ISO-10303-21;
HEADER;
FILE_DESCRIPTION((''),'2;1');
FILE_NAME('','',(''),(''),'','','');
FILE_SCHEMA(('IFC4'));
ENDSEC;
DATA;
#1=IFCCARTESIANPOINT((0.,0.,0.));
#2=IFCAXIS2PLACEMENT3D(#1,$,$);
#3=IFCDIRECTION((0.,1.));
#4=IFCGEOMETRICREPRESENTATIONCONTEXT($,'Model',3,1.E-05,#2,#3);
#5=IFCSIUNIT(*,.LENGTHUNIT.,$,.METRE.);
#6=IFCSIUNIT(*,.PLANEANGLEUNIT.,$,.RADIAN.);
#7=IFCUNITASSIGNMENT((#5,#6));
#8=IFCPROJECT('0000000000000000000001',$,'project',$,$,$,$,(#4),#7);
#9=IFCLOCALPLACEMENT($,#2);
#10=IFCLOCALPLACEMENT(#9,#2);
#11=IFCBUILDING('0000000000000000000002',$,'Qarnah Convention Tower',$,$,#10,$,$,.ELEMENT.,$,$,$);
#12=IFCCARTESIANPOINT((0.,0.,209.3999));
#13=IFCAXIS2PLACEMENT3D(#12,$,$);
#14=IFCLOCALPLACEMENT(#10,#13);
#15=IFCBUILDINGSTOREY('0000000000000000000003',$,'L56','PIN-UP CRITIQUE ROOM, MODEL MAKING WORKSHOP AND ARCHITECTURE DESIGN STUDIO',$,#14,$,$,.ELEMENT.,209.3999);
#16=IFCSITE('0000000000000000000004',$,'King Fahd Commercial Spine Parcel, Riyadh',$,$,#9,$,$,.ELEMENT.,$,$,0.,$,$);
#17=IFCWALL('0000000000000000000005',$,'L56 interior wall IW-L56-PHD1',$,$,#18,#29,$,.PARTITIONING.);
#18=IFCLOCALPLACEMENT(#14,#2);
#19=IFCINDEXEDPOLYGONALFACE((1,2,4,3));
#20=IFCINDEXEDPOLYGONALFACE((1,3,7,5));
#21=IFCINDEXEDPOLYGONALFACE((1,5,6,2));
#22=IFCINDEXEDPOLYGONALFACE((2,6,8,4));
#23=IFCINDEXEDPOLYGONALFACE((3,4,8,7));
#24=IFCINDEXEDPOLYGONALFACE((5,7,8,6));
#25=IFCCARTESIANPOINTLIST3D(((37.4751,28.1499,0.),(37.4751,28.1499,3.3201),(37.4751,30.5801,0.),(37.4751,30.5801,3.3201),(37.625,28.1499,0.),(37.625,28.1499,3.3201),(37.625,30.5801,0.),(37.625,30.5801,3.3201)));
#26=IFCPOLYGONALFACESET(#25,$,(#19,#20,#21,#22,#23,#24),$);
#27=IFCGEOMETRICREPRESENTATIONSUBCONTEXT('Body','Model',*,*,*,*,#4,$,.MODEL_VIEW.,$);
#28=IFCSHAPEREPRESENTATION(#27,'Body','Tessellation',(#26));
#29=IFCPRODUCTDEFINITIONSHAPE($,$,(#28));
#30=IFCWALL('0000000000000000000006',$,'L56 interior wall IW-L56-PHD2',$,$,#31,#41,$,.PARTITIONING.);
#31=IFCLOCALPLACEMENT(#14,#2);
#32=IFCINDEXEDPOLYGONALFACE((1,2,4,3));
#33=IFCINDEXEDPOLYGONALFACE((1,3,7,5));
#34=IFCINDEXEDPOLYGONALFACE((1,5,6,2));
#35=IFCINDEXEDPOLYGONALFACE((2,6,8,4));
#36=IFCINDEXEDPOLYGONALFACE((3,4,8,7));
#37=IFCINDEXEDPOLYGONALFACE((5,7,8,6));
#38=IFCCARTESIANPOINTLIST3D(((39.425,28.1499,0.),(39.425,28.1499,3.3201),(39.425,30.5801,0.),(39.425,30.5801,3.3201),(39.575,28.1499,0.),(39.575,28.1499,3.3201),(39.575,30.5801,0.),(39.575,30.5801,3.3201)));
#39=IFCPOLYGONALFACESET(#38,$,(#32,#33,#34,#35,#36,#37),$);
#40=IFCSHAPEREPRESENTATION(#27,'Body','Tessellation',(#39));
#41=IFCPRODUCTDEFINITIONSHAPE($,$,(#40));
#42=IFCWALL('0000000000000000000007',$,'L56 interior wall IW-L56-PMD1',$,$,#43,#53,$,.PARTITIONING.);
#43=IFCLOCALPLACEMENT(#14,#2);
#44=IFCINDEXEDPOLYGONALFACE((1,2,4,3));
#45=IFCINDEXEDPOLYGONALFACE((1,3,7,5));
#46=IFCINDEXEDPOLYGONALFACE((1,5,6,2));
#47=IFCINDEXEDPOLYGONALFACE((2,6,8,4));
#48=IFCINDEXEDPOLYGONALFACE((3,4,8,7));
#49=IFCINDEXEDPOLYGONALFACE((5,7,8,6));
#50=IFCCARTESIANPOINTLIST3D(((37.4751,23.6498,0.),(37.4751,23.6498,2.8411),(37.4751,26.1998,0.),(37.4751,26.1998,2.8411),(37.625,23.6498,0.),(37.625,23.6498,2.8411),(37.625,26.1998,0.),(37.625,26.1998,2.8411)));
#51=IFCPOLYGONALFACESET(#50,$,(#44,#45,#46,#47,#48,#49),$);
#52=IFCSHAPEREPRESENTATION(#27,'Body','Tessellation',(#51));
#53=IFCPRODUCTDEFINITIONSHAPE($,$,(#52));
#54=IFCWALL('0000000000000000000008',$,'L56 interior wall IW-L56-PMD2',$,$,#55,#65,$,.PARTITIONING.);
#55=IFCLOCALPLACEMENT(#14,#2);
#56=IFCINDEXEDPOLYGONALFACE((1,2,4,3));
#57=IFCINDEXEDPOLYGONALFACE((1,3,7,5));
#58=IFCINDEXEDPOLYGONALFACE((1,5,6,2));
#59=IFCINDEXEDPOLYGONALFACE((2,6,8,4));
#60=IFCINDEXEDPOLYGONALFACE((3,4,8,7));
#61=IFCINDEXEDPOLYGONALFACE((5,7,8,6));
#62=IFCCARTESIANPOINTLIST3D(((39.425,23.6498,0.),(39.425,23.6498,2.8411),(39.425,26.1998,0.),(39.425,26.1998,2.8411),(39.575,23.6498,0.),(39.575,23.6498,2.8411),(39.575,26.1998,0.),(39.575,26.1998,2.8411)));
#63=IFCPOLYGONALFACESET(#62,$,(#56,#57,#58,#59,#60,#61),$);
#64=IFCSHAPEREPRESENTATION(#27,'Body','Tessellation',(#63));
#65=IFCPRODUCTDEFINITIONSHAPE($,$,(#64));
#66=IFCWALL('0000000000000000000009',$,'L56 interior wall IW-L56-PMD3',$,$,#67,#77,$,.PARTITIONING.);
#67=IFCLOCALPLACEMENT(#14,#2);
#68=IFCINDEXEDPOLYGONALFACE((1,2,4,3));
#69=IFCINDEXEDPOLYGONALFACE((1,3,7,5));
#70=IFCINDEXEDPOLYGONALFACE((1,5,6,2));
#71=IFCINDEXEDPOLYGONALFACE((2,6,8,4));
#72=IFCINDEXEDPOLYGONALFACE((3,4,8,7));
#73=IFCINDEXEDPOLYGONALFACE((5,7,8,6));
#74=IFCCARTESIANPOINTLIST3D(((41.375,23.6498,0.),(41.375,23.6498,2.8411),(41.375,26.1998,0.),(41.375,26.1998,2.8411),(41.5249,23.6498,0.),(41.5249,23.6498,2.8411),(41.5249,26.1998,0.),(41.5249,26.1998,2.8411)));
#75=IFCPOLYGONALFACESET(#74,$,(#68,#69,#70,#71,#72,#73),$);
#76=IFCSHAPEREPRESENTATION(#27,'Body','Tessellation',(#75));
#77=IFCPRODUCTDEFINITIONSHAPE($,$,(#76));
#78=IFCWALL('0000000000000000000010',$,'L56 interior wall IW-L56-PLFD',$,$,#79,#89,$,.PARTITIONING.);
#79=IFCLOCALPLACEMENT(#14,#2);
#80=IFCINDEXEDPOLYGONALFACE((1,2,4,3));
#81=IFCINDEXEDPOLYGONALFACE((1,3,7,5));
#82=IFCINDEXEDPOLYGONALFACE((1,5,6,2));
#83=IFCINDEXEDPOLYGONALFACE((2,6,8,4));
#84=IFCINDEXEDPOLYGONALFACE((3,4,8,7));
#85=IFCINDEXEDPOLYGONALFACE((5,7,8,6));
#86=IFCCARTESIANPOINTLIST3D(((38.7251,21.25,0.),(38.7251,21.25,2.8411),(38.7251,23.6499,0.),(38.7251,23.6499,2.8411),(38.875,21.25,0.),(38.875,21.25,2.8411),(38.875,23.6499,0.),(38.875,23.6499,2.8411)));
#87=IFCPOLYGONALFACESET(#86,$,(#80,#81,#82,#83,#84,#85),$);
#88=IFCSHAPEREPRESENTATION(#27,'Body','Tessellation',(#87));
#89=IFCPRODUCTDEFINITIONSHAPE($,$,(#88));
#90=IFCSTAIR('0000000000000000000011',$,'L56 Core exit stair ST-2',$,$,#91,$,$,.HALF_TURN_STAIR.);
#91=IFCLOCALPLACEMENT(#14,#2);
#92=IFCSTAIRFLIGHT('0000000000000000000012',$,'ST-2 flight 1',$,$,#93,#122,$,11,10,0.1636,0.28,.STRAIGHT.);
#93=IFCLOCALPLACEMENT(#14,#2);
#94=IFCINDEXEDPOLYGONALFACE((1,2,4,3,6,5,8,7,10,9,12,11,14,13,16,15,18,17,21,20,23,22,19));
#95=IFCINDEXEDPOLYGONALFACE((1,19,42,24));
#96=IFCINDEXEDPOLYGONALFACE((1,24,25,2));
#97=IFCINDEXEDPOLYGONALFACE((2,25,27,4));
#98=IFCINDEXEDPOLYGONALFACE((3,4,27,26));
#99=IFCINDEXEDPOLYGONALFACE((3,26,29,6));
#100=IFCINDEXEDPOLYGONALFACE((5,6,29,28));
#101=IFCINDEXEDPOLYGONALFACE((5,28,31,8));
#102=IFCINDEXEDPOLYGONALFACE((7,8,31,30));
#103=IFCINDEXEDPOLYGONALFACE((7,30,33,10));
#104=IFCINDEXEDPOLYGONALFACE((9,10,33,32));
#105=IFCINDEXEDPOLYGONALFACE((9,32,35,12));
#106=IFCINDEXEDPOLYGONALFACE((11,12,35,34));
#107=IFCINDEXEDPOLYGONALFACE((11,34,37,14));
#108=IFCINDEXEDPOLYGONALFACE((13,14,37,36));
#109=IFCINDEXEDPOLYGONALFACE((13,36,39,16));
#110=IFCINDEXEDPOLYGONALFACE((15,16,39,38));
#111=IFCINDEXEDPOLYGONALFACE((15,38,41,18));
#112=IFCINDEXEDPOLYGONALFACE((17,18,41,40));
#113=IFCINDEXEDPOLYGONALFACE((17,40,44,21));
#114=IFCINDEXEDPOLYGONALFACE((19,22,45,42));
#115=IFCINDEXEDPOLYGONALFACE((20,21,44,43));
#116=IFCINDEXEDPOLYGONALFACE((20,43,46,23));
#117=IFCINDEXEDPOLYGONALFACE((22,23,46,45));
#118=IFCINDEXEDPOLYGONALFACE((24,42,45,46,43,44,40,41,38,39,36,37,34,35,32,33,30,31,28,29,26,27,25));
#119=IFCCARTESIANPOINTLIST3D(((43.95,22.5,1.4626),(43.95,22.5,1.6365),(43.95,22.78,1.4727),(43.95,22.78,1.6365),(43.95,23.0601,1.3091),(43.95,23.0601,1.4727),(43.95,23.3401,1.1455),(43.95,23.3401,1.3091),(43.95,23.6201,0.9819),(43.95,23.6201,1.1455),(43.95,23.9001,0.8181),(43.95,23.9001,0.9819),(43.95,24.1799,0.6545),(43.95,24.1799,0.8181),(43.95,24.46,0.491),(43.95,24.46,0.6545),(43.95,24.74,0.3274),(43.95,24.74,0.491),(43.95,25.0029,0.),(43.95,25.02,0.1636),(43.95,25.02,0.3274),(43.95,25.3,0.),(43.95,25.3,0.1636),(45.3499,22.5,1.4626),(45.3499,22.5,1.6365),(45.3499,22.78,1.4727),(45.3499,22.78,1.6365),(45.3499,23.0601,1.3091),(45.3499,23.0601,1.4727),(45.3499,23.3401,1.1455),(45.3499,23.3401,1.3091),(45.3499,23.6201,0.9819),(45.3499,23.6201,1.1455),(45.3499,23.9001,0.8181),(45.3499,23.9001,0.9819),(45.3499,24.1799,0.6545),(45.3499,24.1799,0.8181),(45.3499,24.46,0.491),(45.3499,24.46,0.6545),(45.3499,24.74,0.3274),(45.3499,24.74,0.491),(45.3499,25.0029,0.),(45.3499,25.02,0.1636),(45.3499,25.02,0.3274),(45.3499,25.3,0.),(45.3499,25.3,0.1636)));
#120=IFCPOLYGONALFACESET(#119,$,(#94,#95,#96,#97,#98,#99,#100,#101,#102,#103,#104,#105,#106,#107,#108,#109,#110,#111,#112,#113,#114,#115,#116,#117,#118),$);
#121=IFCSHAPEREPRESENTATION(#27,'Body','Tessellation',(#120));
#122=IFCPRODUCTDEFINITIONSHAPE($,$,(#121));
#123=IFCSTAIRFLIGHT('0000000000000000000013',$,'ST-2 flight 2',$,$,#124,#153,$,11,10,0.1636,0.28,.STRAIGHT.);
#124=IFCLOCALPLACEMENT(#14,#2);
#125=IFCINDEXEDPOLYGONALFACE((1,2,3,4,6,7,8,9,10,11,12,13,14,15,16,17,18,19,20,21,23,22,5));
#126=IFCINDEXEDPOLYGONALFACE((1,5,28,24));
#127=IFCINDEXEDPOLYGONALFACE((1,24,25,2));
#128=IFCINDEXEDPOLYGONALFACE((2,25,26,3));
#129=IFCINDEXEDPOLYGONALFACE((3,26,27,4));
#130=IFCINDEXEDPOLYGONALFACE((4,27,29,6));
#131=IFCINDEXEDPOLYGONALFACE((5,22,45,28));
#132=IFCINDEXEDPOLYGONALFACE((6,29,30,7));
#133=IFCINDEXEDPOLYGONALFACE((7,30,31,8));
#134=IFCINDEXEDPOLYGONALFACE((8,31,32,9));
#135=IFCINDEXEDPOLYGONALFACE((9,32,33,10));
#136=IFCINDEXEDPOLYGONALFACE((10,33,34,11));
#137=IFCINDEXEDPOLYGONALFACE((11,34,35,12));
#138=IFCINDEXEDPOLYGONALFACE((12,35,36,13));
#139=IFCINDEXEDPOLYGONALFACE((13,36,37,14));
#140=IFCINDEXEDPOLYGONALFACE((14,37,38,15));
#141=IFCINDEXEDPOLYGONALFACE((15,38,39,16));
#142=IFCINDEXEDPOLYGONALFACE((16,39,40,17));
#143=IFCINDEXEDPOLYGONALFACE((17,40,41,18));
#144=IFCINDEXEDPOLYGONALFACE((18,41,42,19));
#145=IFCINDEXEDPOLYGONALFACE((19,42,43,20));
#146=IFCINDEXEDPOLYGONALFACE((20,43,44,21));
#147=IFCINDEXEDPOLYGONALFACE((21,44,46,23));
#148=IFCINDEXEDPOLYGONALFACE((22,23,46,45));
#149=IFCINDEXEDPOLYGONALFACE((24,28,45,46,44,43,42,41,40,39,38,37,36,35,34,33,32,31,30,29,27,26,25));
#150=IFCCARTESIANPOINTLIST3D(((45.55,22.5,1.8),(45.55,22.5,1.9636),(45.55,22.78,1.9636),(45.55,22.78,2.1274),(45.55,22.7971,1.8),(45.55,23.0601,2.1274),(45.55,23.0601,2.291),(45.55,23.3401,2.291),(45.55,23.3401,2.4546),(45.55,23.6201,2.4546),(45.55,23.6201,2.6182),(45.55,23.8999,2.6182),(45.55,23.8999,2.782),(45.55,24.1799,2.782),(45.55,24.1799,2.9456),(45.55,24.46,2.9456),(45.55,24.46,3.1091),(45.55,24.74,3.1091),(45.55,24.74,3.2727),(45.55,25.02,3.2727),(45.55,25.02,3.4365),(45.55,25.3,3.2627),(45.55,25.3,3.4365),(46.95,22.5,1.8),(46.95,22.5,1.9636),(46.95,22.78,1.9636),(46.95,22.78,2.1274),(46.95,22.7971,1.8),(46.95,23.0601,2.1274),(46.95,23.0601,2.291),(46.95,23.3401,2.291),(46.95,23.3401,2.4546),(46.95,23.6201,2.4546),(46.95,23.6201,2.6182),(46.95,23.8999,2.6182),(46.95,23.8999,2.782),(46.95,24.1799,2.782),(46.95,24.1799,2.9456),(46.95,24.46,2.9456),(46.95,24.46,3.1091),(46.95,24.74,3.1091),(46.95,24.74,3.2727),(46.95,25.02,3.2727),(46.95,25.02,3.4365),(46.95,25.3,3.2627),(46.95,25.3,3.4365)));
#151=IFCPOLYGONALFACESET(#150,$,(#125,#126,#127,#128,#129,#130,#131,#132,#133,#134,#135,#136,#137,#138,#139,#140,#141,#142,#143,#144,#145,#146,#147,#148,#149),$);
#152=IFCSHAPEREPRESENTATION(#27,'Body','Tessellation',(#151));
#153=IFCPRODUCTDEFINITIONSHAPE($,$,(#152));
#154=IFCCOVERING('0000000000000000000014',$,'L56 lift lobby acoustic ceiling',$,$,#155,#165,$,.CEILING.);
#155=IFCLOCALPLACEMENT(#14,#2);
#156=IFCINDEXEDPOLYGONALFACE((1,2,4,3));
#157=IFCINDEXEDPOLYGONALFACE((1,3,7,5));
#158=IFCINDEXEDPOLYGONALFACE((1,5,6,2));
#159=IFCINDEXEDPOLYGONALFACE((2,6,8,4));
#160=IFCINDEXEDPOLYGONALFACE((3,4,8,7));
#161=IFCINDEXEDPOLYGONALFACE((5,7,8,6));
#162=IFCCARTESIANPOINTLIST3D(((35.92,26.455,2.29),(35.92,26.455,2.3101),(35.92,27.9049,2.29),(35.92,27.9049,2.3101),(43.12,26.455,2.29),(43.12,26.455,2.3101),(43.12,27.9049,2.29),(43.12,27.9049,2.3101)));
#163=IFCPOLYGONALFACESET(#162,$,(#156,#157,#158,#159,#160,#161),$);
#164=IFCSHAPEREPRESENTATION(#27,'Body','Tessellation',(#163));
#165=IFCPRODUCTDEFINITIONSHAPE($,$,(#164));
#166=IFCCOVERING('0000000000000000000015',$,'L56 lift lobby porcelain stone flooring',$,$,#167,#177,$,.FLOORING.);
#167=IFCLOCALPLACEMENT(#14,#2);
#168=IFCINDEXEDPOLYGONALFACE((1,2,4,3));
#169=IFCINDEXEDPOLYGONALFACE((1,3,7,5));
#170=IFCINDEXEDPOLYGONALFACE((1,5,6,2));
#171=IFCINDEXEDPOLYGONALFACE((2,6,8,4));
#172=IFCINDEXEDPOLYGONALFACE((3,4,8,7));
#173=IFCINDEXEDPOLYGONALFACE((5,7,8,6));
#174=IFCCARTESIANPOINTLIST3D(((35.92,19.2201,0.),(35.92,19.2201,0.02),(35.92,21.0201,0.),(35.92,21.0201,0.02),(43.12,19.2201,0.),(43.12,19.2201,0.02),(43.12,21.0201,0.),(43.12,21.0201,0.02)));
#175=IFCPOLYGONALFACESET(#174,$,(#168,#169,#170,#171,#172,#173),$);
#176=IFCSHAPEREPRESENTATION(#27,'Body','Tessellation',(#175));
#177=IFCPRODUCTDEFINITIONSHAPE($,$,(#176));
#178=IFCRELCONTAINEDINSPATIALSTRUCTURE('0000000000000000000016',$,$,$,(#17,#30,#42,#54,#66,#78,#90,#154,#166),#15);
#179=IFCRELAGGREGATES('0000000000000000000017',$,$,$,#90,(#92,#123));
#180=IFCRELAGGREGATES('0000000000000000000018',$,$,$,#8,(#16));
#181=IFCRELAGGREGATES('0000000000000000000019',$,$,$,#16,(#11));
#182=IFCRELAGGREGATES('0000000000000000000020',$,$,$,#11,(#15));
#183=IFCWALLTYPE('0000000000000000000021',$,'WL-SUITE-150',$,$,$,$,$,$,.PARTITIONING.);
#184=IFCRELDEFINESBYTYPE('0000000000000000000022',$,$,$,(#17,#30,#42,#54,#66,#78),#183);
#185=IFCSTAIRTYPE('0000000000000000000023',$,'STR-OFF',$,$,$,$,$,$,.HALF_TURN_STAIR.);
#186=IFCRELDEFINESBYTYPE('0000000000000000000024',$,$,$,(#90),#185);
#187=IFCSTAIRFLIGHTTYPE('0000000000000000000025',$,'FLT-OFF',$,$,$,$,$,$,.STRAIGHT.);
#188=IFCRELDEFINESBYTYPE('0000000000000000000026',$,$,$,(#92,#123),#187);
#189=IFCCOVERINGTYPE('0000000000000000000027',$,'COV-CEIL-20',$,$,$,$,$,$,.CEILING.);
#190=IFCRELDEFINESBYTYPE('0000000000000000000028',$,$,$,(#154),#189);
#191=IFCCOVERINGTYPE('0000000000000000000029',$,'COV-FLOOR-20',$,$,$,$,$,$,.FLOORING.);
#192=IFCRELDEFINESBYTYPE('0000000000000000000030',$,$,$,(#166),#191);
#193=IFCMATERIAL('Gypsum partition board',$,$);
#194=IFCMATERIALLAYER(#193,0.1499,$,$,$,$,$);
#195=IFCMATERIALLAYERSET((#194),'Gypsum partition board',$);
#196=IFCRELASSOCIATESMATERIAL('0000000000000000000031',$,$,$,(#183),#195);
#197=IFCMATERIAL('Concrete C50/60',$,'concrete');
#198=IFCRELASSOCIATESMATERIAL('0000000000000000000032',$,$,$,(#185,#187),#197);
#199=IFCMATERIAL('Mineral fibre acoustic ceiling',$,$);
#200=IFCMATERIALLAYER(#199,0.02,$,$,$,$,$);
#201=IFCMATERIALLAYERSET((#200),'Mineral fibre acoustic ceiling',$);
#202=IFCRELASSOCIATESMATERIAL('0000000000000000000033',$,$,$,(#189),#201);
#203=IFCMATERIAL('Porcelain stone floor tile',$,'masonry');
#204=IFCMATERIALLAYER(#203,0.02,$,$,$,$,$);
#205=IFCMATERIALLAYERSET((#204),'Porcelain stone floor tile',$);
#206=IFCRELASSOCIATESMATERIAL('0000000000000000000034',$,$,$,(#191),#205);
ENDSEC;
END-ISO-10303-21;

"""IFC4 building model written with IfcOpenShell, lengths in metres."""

from ifc_helpers import new_model, si_unit, direction, frame, frame_2d, origin, origin_2d, place, context, subcontext, project, spatial, polyline, rectangle, outline, extrude, material, layer, layer_set, type_object, element, aggregate, save


model = new_model("IFC4")

# Units and contexts
model_context = context("Model", 3, precision=1e-05, world=origin(), true_north=direction((0.0, 1.0)))
body_context = subcontext(model_context, "Body", "Model", "MODEL_VIEW")
ifc_project = project(units=[si_unit("LENGTHUNIT", "METRE"), si_unit("PLANEANGLEUNIT", "RADIAN")], contexts=[model_context])

# Site, building, storey
site_placement = place(None, origin())
site = spatial("IfcSite", under=ifc_project, at=site_placement, Name="King Fahd Commercial Spine Parcel, Riyadh", CompositionType="ELEMENT", RefElevation=0.0)
building_placement = place(site_placement, origin())
building = spatial("IfcBuilding", under=site, at=building_placement, Name="Qarnah Convention Tower", CompositionType="ELEMENT")
storey_placement = place(building_placement, frame((0.0, 0.0, 209.3999)))
storey = spatial("IfcBuildingStorey", under=building, at=storey_placement, Name="L56", Description="PIN-UP CRITIQUE ROOM, MODEL MAKING WORKSHOP AND ARCHITECTURE DESIGN STUDIO", CompositionType="ELEMENT", Elevation=209.3999)

# Shared definitions
ifc_material_1 = material(Name="Concrete C50/60", Category="concrete")

# Walls
ifc_material_2 = material(Name="Gypsum partition board")
ifc_layer_1 = layer(ifc_material_2, 0.1499)
ifc_layer_set_1 = layer_set([ifc_layer_1], Name="Gypsum partition board")
wall_type_1 = type_object("IfcWallType", Name="WL-SUITE-150", PredefinedType="PARTITIONING", material=ifc_layer_set_1)
for number, where, z_axis, x_axis, name in (
    (1, (37.55, 28.1499, 0.0), (0.0, 0.0, 1.0), (0.0, 1.0, 0.0), "L56 interior wall IW-L56-PHD1"),
    (2, (39.5, 28.1499, 0.0), (0.0, 0.0, 1.0), (0.0, 1.0, 0.0), "L56 interior wall IW-L56-PHD2"),
):
    element("IfcWall", number, at=place(storey_placement, frame(where, z_axis=z_axis, x_axis=x_axis)), inside=storey, type_object=wall_type_1, Name=name, PredefinedType="PARTITIONING", context=body_context, shape_type="SweptSolid", body=[
        extrude(rectangle(XDim=2.4302, YDim=0.1499, at=frame_2d((1.2151, 0.0))), origin(), (0.0, 0.0, 1.0), 3.3201),
    ])
for number, where, z_axis, x_axis, name in (
    (3, (37.55, 23.6499, 0.0), (0.0, 0.0, 1.0), (0.0, 1.0, 0.0), "L56 interior wall IW-L56-PMD1"),
    (4, (39.5, 23.6499, 0.0), (0.0, 0.0, 1.0), (0.0, 1.0, 0.0), "L56 interior wall IW-L56-PMD2"),
    (5, (41.45, 23.6499, 0.0), (0.0, 0.0, 1.0), (0.0, 1.0, 0.0), "L56 interior wall IW-L56-PMD3"),
):
    element("IfcWall", number, at=place(storey_placement, frame(where, z_axis=z_axis, x_axis=x_axis)), inside=storey, type_object=wall_type_1, Name=name, PredefinedType="PARTITIONING", context=body_context, shape_type="SweptSolid", body=[
        extrude(rectangle(XDim=2.55, YDim=0.1499, at=frame_2d((1.2749, 0.0))), origin(), (0.0, 0.0, 1.0), 2.8411),
    ])
wall_1_placement = place(storey_placement, frame((38.8, 21.25, 0.0), z_axis=(0.0, 0.0, 1.0), x_axis=(0.0, 1.0, 0.0)))
element("IfcWall", 6, at=wall_1_placement, inside=storey, type_object=wall_type_1, Name="L56 interior wall IW-L56-PLFD", PredefinedType="PARTITIONING", context=body_context, shape_type="SweptSolid", body=[
    extrude(rectangle(XDim=2.3999, YDim=0.1499, at=frame_2d((1.2, 0.0))), origin(), (0.0, 0.0, 1.0), 2.8411),
])

# Stair, stair flights
stair_type = type_object("IfcStairType", Name="STR-OFF", PredefinedType="HALF_TURN_STAIR", material=ifc_material_1)
stair_placement = place(storey_placement, origin())
stair = element("IfcStair", 7, at=stair_placement, inside=storey, type_object=stair_type, Name="L56 Core exit stair ST-2", PredefinedType="HALF_TURN_STAIR")
stair_flight_type = type_object("IfcStairFlightType", Name="FLT-OFF", PredefinedType="STRAIGHT", material=ifc_material_1)
stair_flight_1_placement = place(storey_placement, frame((44.6499, 25.3, 0.0), z_axis=(0.0, 0.0, 1.0), x_axis=(0.0, -1.0, 0.0)))
stair_flight_1 = element("IfcStairFlight", 8, at=stair_flight_1_placement, type_object=stair_flight_type, Name="ST-2 flight 1", NumberOfRisers=11, NumberOfTreads=10, PredefinedType="STRAIGHT", RiserHeight=0.1636, TreadLength=0.28, context=body_context, shape_type="SweptSolid", body=[
    extrude(outline(polyline([(0.0, 0.0), (0.0, 0.1636), (0.28, 0.1636), (0.28, 0.3274), (0.5601, 0.3274), (0.5601, 0.491), (0.8401, 0.491), (0.8401, 0.6545), (1.1201, 0.6545), (1.1201, 0.8181), (1.3999, 0.8181), (1.3999, 0.9819), (1.6799, 0.9819), (1.6799, 1.1455), (1.96, 1.1455), (1.96, 1.3091), (2.24, 1.3091), (2.24, 1.4727), (2.52, 1.4727), (2.52, 1.6365), (2.8, 1.6365), (2.8, 1.8), (2.8, 1.4626), (0.2971, 0.0), (0.0, 0.0)])), frame((0.0, 0.7, 0.0), z_axis=(0.0, -1.0, 0.0), x_axis=(1.0, 0.0, 0.0)), (0.0, 0.0, 1.0), 1.3999),
])
stair_flight_2_placement = place(storey_placement, frame((46.25, 22.5, 1.8), z_axis=(0.0, 0.0, 1.0), x_axis=(0.0, 1.0, 0.0)))
stair_flight_2 = element("IfcStairFlight", 9, at=stair_flight_2_placement, type_object=stair_flight_type, Name="ST-2 flight 2", NumberOfRisers=11, NumberOfTreads=10, PredefinedType="STRAIGHT", RiserHeight=0.1636, TreadLength=0.28, context=body_context, shape_type="SweptSolid", body=[
    extrude(outline(polyline([(0.0, 0.0), (0.0, 0.1636), (0.28, 0.1636), (0.28, 0.3274), (0.5601, 0.3274), (0.5601, 0.491), (0.8401, 0.491), (0.8401, 0.6545), (1.1201, 0.6545), (1.1201, 0.8181), (1.3999, 0.8181), (1.3999, 0.9819), (1.6799, 0.9819), (1.6799, 1.1455), (1.96, 1.1455), (1.96, 1.3091), (2.24, 1.3091), (2.24, 1.4727), (2.52, 1.4727), (2.52, 1.6365), (2.8, 1.6365), (2.8, 1.8), (2.8, 1.4626), (0.2971, 0.0), (0.0, 0.0)])), frame((0.0, 0.7, 0.0), z_axis=(0.0, -1.0, 0.0), x_axis=(1.0, 0.0, 0.0)), (0.0, 0.0, 1.0), 1.3999),
])
aggregate(stair, [stair_flight_1, stair_flight_2])

# Coverings
ifc_material_3 = material(Name="Mineral fibre acoustic ceiling")
ifc_layer_2 = layer(ifc_material_3, 0.02)
ifc_layer_set_2 = layer_set([ifc_layer_2], Name="Mineral fibre acoustic ceiling")
covering_type_1 = type_object("IfcCoveringType", Name="COV-CEIL-20", PredefinedType="CEILING", material=ifc_layer_set_2)
covering_1_placement = place(storey_placement, frame((39.52, 27.1799, 2.29), z_axis=(0.0, 0.0, 1.0), x_axis=(1.0, 0.0, 0.0)))
element("IfcCovering", 10, at=covering_1_placement, inside=storey, type_object=covering_type_1, Name="L56 lift lobby acoustic ceiling", PredefinedType="CEILING", context=body_context, shape_type="SweptSolid", body=[
    extrude(rectangle(XDim=7.2, YDim=1.45, at=origin_2d()), origin(), (0.0, 0.0, 1.0), 0.02),
])
ifc_material_4 = material(Name="Porcelain stone floor tile", Category="masonry")
ifc_layer_3 = layer(ifc_material_4, 0.02)
ifc_layer_set_3 = layer_set([ifc_layer_3], Name="Porcelain stone floor tile")
covering_type_2 = type_object("IfcCoveringType", Name="COV-FLOOR-20", PredefinedType="FLOORING", material=ifc_layer_set_3)
covering_2_placement = place(storey_placement, frame((39.52, 20.1201, 0.0), z_axis=(0.0, 0.0, 1.0), x_axis=(1.0, 0.0, 0.0)))
element("IfcCovering", 11, at=covering_2_placement, inside=storey, type_object=covering_type_2, Name="L56 lift lobby porcelain stone flooring", PredefinedType="FLOORING", context=body_context, shape_type="SweptSolid", body=[
    extrude(rectangle(XDim=7.2, YDim=1.8, at=origin_2d()), origin(), (0.0, 0.0, 1.0), 0.02),
])

save(model, "model.ifc")
